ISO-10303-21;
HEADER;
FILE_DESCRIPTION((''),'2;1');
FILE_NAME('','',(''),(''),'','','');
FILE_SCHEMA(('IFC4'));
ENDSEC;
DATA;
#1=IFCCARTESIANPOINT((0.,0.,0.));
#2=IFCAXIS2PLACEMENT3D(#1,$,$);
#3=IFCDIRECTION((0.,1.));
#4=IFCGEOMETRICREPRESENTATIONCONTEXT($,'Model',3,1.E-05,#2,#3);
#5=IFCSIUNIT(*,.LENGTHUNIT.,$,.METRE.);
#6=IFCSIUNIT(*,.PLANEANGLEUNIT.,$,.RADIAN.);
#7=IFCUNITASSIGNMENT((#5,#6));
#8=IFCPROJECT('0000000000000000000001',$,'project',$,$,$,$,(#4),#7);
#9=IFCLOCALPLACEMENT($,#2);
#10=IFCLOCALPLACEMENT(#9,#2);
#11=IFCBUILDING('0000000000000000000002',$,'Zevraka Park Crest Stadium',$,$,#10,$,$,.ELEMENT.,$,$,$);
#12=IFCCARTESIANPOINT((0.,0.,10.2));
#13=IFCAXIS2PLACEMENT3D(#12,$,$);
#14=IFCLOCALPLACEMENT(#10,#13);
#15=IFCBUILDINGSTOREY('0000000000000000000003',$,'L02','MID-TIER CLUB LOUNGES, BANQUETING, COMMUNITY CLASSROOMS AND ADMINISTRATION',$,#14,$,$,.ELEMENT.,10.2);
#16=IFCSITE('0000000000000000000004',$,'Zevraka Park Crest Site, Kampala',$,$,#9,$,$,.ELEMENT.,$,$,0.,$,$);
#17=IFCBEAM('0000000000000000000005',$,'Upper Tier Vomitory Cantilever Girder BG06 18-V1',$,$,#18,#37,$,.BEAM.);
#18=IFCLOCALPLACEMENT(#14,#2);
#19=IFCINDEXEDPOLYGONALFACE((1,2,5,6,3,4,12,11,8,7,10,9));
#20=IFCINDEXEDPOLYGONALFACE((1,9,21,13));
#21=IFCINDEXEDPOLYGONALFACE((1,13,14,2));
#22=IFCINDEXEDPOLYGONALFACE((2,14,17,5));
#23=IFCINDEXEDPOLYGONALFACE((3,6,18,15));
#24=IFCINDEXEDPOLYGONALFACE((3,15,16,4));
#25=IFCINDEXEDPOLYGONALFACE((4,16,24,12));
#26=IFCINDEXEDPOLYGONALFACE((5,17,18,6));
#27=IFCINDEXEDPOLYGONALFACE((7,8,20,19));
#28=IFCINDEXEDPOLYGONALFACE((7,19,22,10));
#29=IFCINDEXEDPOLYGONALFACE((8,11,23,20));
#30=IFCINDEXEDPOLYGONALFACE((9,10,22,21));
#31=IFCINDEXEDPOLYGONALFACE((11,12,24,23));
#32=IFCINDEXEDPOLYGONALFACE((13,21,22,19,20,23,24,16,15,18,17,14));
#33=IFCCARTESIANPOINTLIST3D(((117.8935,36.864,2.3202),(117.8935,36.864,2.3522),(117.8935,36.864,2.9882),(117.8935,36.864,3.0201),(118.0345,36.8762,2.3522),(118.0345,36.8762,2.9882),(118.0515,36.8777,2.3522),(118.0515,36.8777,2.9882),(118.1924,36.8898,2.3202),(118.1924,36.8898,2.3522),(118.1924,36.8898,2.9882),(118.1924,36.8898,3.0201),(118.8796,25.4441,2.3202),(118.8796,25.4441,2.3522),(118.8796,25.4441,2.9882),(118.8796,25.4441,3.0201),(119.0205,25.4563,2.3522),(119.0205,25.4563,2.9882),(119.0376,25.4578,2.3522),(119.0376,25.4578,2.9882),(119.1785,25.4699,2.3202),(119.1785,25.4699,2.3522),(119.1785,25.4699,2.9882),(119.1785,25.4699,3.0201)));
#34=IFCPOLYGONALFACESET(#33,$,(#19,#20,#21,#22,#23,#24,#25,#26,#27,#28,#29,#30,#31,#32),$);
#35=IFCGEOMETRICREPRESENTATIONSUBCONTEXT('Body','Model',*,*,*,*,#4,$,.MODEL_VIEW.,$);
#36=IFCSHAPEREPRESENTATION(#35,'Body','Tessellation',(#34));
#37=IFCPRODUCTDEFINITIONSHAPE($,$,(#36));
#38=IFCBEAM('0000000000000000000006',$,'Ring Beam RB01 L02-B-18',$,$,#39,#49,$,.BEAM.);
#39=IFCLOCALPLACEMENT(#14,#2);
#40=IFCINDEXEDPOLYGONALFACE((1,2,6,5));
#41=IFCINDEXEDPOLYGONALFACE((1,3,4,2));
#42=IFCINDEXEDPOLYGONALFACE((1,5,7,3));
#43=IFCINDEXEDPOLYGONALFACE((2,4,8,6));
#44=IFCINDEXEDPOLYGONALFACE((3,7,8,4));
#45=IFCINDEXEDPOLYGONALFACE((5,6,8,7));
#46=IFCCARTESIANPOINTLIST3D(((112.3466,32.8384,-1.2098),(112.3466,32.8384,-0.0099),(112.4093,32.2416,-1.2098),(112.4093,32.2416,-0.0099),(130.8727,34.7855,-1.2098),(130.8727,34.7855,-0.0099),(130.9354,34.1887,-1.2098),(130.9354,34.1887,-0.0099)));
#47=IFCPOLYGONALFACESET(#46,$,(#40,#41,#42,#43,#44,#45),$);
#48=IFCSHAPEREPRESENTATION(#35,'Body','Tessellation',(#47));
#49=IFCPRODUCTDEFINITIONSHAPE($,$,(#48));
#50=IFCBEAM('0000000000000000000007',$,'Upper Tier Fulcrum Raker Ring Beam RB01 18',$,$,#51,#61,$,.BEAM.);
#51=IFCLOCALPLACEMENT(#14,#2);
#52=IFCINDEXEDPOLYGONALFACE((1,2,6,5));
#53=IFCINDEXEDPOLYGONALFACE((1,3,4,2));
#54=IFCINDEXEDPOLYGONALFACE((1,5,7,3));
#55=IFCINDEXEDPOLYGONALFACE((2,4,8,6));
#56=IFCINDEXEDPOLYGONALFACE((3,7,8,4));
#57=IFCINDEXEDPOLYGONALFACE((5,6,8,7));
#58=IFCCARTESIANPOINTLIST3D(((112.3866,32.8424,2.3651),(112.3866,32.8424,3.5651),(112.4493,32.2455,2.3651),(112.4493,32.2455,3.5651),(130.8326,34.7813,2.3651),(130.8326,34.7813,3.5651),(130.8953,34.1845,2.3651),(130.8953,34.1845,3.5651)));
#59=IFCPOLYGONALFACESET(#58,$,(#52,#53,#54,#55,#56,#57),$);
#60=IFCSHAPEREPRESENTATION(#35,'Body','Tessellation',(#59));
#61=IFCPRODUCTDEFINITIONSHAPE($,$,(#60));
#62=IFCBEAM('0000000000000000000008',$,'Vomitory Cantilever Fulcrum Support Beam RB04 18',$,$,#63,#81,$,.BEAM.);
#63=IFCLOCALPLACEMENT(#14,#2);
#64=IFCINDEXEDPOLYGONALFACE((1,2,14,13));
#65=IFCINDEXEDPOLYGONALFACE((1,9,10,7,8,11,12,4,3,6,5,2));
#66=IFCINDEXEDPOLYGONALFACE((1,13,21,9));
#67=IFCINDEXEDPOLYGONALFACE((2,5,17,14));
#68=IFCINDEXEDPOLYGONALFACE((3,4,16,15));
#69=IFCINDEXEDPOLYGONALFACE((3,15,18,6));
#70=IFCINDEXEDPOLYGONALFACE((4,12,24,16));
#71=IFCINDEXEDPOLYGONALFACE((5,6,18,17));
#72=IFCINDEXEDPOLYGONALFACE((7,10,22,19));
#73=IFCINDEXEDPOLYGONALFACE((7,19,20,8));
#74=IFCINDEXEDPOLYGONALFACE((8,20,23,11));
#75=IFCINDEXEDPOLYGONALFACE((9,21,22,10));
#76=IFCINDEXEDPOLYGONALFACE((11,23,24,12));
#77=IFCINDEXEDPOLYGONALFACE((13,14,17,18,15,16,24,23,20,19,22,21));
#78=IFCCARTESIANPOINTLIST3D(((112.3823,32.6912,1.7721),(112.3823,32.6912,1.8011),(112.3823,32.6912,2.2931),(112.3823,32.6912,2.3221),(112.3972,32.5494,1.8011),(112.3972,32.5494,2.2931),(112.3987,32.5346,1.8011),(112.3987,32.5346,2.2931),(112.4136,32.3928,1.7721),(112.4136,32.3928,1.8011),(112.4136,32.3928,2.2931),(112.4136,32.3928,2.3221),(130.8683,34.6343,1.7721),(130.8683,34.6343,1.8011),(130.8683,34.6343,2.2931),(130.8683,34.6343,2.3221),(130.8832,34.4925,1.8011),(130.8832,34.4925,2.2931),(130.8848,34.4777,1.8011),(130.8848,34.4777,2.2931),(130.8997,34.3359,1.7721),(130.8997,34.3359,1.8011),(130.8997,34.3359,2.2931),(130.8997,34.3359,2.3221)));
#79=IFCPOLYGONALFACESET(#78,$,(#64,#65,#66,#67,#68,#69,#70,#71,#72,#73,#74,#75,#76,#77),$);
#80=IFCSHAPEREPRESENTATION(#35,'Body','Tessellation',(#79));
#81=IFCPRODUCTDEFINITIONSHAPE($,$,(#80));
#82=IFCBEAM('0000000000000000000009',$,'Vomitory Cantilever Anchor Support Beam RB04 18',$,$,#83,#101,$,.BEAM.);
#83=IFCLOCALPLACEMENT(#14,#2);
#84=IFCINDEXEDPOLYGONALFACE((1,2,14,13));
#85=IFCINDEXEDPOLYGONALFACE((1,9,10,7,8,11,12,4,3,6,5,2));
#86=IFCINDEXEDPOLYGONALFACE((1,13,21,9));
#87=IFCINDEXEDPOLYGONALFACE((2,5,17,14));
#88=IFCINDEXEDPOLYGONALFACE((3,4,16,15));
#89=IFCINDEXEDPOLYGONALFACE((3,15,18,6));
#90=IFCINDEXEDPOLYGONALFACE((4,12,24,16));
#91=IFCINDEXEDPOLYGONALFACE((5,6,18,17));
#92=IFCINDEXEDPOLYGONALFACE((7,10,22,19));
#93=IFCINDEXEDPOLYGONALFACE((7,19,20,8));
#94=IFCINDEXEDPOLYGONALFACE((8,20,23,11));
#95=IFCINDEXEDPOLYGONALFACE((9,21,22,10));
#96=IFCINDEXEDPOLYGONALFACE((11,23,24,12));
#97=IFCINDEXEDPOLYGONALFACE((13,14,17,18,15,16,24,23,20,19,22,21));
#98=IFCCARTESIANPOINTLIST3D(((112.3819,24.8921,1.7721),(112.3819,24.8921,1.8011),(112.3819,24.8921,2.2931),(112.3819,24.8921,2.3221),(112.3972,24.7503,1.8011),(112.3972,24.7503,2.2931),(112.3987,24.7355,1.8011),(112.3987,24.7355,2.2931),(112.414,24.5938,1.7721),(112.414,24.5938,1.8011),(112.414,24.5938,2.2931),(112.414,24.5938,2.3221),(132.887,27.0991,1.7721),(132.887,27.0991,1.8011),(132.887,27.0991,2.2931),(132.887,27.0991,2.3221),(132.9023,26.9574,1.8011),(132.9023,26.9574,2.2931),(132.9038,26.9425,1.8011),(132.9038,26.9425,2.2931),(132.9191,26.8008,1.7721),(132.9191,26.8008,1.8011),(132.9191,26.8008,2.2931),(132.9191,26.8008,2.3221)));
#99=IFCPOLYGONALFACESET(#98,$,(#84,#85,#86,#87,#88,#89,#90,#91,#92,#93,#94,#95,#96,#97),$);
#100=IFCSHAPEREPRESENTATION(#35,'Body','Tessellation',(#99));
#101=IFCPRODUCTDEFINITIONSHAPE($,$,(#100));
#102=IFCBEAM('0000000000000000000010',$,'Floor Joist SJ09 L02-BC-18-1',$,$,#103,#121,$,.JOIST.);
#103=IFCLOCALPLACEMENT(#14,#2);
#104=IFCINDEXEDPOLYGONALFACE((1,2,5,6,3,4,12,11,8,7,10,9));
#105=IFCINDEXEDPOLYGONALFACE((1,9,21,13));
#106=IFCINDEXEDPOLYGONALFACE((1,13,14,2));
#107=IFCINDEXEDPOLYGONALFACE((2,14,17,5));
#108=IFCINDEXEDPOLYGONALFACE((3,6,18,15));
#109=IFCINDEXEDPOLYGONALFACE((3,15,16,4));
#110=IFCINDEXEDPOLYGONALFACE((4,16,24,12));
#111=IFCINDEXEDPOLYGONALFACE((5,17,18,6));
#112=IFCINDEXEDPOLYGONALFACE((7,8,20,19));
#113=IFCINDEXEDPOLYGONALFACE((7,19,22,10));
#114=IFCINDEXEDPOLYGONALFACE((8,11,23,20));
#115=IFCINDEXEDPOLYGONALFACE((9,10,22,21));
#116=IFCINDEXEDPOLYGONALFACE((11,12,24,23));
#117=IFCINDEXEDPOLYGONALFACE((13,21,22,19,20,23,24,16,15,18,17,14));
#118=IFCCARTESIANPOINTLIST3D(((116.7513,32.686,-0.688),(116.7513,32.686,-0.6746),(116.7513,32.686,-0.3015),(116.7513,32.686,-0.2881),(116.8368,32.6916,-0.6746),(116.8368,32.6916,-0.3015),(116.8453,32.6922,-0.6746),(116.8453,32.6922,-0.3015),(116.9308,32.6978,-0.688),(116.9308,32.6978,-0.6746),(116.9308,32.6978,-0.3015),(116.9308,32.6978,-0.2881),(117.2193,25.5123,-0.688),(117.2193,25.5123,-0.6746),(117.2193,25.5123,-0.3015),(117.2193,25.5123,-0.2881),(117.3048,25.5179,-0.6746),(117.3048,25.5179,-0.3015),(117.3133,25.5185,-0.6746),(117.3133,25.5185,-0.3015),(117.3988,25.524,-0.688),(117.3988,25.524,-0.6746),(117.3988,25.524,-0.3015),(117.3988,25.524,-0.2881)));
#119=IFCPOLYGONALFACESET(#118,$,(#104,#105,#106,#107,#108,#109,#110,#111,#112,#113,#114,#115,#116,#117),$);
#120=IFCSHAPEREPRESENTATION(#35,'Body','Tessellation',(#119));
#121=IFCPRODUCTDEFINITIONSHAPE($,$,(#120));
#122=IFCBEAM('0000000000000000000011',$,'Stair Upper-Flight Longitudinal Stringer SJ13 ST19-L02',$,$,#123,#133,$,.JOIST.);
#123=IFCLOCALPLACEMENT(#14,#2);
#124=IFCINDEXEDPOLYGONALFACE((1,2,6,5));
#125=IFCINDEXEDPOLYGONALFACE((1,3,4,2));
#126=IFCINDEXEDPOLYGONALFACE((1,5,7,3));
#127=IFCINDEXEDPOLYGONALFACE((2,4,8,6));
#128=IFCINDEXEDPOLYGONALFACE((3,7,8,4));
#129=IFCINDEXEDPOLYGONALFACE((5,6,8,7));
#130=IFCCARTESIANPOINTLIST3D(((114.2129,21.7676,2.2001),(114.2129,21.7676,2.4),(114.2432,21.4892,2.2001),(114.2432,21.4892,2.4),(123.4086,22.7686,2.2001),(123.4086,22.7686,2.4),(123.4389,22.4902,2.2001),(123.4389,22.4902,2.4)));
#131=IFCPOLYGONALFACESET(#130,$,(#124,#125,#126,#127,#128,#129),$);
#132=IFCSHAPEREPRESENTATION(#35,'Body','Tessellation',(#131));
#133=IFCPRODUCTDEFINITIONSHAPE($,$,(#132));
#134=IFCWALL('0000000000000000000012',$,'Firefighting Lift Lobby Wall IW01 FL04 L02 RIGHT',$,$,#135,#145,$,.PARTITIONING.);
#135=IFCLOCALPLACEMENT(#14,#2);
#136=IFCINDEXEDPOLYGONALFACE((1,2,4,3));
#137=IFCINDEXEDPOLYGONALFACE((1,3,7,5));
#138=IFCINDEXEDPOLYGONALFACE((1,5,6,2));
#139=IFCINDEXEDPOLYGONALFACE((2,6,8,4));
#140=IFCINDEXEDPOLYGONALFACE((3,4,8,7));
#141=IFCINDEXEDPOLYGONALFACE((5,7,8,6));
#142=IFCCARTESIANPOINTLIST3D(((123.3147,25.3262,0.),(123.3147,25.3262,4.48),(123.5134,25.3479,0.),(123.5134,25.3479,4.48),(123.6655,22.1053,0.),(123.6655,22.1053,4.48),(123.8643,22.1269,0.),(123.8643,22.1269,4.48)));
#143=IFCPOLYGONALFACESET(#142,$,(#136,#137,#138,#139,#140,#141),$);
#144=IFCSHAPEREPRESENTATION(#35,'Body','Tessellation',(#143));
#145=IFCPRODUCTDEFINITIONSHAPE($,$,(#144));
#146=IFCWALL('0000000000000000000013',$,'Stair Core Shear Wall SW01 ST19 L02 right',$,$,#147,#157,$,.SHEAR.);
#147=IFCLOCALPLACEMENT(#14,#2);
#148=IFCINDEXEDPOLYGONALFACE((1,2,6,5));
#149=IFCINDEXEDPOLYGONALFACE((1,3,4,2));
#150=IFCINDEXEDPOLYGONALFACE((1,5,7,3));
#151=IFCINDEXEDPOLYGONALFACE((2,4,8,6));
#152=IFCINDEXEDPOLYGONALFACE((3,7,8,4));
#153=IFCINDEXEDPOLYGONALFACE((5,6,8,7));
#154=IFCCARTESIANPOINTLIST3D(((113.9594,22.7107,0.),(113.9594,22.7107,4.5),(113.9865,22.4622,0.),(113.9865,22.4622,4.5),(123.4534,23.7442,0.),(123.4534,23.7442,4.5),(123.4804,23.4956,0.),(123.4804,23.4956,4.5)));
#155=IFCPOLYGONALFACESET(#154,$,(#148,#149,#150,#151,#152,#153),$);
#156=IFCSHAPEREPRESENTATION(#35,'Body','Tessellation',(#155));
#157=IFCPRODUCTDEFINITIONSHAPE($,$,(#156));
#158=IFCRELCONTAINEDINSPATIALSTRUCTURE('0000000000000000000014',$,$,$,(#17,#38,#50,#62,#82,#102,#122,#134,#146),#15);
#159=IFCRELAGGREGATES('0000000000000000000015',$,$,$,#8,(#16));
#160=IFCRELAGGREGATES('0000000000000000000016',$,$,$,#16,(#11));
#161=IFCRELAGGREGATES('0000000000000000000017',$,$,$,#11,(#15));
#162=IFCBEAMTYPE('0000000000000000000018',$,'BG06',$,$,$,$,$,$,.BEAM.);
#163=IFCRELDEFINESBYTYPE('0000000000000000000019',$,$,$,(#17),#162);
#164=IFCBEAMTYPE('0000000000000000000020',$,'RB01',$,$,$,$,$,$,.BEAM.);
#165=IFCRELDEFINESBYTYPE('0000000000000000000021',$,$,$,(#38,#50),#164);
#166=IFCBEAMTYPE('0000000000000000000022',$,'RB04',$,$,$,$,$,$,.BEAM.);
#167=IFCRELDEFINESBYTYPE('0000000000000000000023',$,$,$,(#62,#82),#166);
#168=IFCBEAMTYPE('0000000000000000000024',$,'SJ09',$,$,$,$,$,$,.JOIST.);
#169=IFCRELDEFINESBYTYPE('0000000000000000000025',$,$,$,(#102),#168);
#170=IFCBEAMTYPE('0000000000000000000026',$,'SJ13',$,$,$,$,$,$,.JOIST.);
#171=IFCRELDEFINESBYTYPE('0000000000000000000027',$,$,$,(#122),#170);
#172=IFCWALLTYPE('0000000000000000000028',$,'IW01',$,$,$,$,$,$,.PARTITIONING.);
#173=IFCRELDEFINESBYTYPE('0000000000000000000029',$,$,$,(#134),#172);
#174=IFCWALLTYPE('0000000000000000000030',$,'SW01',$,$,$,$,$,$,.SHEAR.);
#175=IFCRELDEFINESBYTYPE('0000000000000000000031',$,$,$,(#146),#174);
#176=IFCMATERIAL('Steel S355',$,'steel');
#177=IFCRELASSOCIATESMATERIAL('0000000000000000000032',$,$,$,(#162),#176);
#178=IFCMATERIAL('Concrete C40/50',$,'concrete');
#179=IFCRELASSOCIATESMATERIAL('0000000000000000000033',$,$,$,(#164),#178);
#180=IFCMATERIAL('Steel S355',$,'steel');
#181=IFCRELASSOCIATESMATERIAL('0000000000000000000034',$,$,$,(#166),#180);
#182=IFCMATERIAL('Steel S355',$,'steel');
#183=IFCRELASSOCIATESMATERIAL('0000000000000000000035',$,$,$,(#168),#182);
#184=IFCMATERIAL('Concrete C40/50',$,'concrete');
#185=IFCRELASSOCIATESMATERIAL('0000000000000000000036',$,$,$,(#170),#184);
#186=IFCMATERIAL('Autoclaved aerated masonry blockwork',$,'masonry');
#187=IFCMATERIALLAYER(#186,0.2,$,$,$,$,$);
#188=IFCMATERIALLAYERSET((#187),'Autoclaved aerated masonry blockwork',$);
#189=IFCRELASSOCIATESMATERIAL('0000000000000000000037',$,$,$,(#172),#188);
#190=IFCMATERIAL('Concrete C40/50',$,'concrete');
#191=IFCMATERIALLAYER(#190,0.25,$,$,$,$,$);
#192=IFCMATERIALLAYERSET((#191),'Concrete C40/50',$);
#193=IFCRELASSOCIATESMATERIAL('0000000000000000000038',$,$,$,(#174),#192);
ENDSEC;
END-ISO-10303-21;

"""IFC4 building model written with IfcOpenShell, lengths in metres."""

from ifc_helpers import new_model, si_unit, direction, frame, frame_2d, origin, origin_2d, place, context, subcontext, project, spatial, rectangle, i_section, extrude, material, layer, layer_set, material_profile, profile_set, type_object, element, save


model = new_model("IFC4")

# Units and contexts
model_context = context("Model", 3, precision=1e-05, world=origin(), true_north=direction((0.0, 1.0)))
body_context = subcontext(model_context, "Body", "Model", "MODEL_VIEW")
ifc_project = project(units=[si_unit("LENGTHUNIT", "METRE"), si_unit("PLANEANGLEUNIT", "RADIAN")], contexts=[model_context])

# Site, building, storey
site_placement = place(None, origin())
site = spatial("IfcSite", under=ifc_project, at=site_placement, Name="Zevraka Park Crest Site, Kampala", CompositionType="ELEMENT", RefElevation=0.0)
building_placement = place(site_placement, origin())
building = spatial("IfcBuilding", under=site, at=building_placement, Name="Zevraka Park Crest Stadium", CompositionType="ELEMENT")
storey_placement = place(building_placement, frame((0.0, 0.0, 10.2)))
storey = spatial("IfcBuildingStorey", under=building, at=storey_placement, Name="L02", Description="MID-TIER CLUB LOUNGES, BANQUETING, COMMUNITY CLASSROOMS AND ADMINISTRATION", CompositionType="ELEMENT", Elevation=10.2)

# Beams
ifc_material_1 = material(Name="Steel S355", Category="steel")
ifc_material_profile_1 = material_profile(ifc_material_1, i_section(OverallWidth=0.3, OverallDepth=0.7, WebThickness=0.0171, FlangeThickness=0.032, at=origin_2d()), Name="HEB 700")
ifc_profile_set_1 = profile_set([ifc_material_profile_1], Name="Steel S355")
beam_type_1 = type_object("IfcBeamType", Name="BG06", PredefinedType="BEAM", material=ifc_profile_set_1)
beam_1_placement = place(storey_placement, frame((119.0291, 25.457, 2.6702), z_axis=(-0.086028, 0.996293, 0.0), x_axis=(-0.996293, -0.086028, 0.0)))
element("IfcBeam", 1, at=beam_1_placement, inside=storey, type_object=beam_type_1, Name="Upper Tier Vomitory Cantilever Girder BG06 18-V1", PredefinedType="BEAM", context=body_context, shape_type="SweptSolid", body=[
    extrude(i_section(OverallWidth=0.3, OverallDepth=0.7, WebThickness=0.0171, FlangeThickness=0.032, at=origin_2d()), origin(), (0.0, 0.0, 1.0), 11.4624),
])
ifc_material_2 = material(Name="Concrete C40/50", Category="concrete")
ifc_material_profile_2 = material_profile(ifc_material_2, rectangle(XDim=0.6001, YDim=1.2, at=origin_2d()), Name="RC 1200x600")
ifc_profile_set_2 = profile_set([ifc_material_profile_2], Name="Concrete C40/50")
beam_type_2 = type_object("IfcBeamType", Name="RB01", PredefinedType="BEAM", material=ifc_profile_set_2)
beam_2_placement = place(storey_placement, frame((112.3779, 32.54, -0.6099), z_axis=(0.994523, 0.10452, 0.0), x_axis=(-0.10452, 0.994523, 0.0)))
element("IfcBeam", 2, at=beam_2_placement, inside=storey, type_object=beam_type_2, Name="Ring Beam RB01 L02-B-18", PredefinedType="BEAM", context=body_context, shape_type="SweptSolid", body=[
    extrude(rectangle(XDim=0.6001, YDim=1.2, at=origin_2d()), origin(), (0.0, 0.0, 1.0), 18.6282),
])
beam_3_placement = place(storey_placement, frame((112.418, 32.5439, 2.9651), z_axis=(0.994521, 0.10454, 0.0), x_axis=(-0.10454, 0.994521, 0.0)))
element("IfcBeam", 3, at=beam_3_placement, inside=storey, type_object=beam_type_2, Name="Upper Tier Fulcrum Raker Ring Beam RB01 18", PredefinedType="BEAM", context=body_context, shape_type="SweptSolid", body=[
    extrude(rectangle(XDim=0.6001, YDim=1.2, at=origin_2d()), origin(), (0.0, 0.0, 1.0), 18.5476),
])
ifc_material_3 = material(Name="Steel S355", Category="steel")
ifc_material_profile_3 = material_profile(ifc_material_3, i_section(OverallWidth=0.3, OverallDepth=0.55, WebThickness=0.0149, FlangeThickness=0.0291, at=origin_2d()), Name="HEB 550")
ifc_profile_set_3 = profile_set([ifc_material_profile_3], Name="Steel S355")
beam_type_3 = type_object("IfcBeamType", Name="RB04", PredefinedType="BEAM", material=ifc_profile_set_3)
beam_4_placement = place(storey_placement, frame((112.3979, 32.542, 2.0471), z_axis=(0.994521, 0.104536, 0.0), x_axis=(-0.104536, 0.994521, 0.0)))
element("IfcBeam", 4, at=beam_4_placement, inside=storey, type_object=beam_type_3, Name="Vomitory Cantilever Fulcrum Support Beam RB04 18", PredefinedType="BEAM", context=body_context, shape_type="SweptSolid", body=[
    extrude(i_section(OverallWidth=0.3, OverallDepth=0.55, WebThickness=0.0149, FlangeThickness=0.0291, at=origin_2d()), origin(), (0.0, 0.0, 1.0), 18.5879),
])
beam_5_placement = place(storey_placement, frame((112.3979, 24.7429, 2.0471), z_axis=(0.994257, 0.107015, 0.0), x_axis=(-0.107015, 0.994257, 0.0)))
element("IfcBeam", 5, at=beam_5_placement, inside=storey, type_object=beam_type_3, Name="Vomitory Cantilever Anchor Support Beam RB04 18", PredefinedType="BEAM", context=body_context, shape_type="SweptSolid", body=[
    extrude(i_section(OverallWidth=0.3, OverallDepth=0.55, WebThickness=0.0149, FlangeThickness=0.0291, at=origin_2d()), origin(), (0.0, 0.0, 1.0), 20.6235),
])
ifc_material_4 = material(Name="Steel S355", Category="steel")
ifc_material_profile_4 = material_profile(ifc_material_4, i_section(OverallWidth=0.1799, OverallDepth=0.3999, WebThickness=0.0085, FlangeThickness=0.0134, at=origin_2d()), Name="IPE 400")
ifc_profile_set_4 = profile_set([ifc_material_profile_4], Name="Steel S355")
beam_type_4 = type_object("IfcBeamType", Name="SJ09", PredefinedType="JOIST", material=ifc_profile_set_4)
beam_6_placement = place(storey_placement, frame((116.8411, 32.6919, -0.488), z_axis=(0.065101, -0.997879, 0.0), x_axis=(0.997879, 0.065101, 0.0)))
element("IfcBeam", 6, at=beam_6_placement, inside=storey, type_object=beam_type_4, Name="Floor Joist SJ09 L02-BC-18-1", PredefinedType="JOIST", context=body_context, shape_type="SweptSolid", body=[
    extrude(i_section(OverallWidth=0.1799, OverallDepth=0.3999, WebThickness=0.0085, FlangeThickness=0.0134, at=origin_2d()), origin(), (0.0, 0.0, 1.0), 7.189),
])
ifc_material_5 = material(Name="Concrete C40/50", Category="concrete")
ifc_material_profile_5 = material_profile(ifc_material_5, rectangle(XDim=0.28, YDim=0.2, at=origin_2d()), Name="RC 200x280")
ifc_profile_set_5 = profile_set([ifc_material_profile_5], Name="Concrete C40/50")
beam_type_5 = type_object("IfcBeamType", Name="SJ13", PredefinedType="JOIST", material=ifc_profile_set_5)
beam_7_placement = place(storey_placement, frame((114.228, 21.6284, 2.3), z_axis=(0.994128, 0.108212, 0.0), x_axis=(-0.108212, 0.994128, 0.0)))
element("IfcBeam", 7, at=beam_7_placement, inside=storey, type_object=beam_type_5, Name="Stair Upper-Flight Longitudinal Stringer SJ13 ST19-L02", PredefinedType="JOIST", context=body_context, shape_type="SweptSolid", body=[
    extrude(rectangle(XDim=0.28, YDim=0.2, at=origin_2d()), origin(), (0.0, 0.0, 1.0), 9.25),
])

# Walls
ifc_material_6 = material(Name="Autoclaved aerated masonry blockwork", Category="masonry")
ifc_layer_1 = layer(ifc_material_6, 0.2)
ifc_layer_set_1 = layer_set([ifc_layer_1], Name="Autoclaved aerated masonry blockwork")
wall_type_1 = type_object("IfcWallType", Name="IW01", PredefinedType="PARTITIONING", material=ifc_layer_set_1)
wall_1_placement = place(storey_placement, frame((123.7649, 22.116, 0.0), z_axis=(0.0, 0.0, 1.0), x_axis=(-0.108281, 0.99412, 0.0)))
element("IfcWall", 8, at=wall_1_placement, inside=storey, type_object=wall_type_1, Name="Firefighting Lift Lobby Wall IW01 FL04 L02 RIGHT", PredefinedType="PARTITIONING", context=body_context, shape_type="SweptSolid", body=[
    extrude(rectangle(XDim=3.24, YDim=0.2, at=frame_2d((1.6201, 0.0))), origin(), (0.0, 0.0, 1.0), 4.48),
])
ifc_material_7 = material(Name="Concrete C40/50", Category="concrete")
ifc_layer_2 = layer(ifc_material_7, 0.25)
ifc_layer_set_2 = layer_set([ifc_layer_2], Name="Concrete C40/50")
wall_type_2 = type_object("IfcWallType", Name="SW01", PredefinedType="SHEAR", material=ifc_layer_set_2)
wall_2_placement = place(storey_placement, frame((123.4668, 23.6199, 0.0), z_axis=(0.0, 0.0, 1.0), x_axis=(-0.994128, -0.108215, 0.0)))
element("IfcWall", 9, at=wall_2_placement, inside=storey, type_object=wall_type_2, Name="Stair Core Shear Wall SW01 ST19 L02 right", PredefinedType="SHEAR", context=body_context, shape_type="SweptSolid", body=[
    extrude(rectangle(XDim=9.55, YDim=0.25, at=frame_2d((4.7749, 0.0))), origin(), (0.0, 0.0, 1.0), 4.5),
])

save(model, "model.ifc")
